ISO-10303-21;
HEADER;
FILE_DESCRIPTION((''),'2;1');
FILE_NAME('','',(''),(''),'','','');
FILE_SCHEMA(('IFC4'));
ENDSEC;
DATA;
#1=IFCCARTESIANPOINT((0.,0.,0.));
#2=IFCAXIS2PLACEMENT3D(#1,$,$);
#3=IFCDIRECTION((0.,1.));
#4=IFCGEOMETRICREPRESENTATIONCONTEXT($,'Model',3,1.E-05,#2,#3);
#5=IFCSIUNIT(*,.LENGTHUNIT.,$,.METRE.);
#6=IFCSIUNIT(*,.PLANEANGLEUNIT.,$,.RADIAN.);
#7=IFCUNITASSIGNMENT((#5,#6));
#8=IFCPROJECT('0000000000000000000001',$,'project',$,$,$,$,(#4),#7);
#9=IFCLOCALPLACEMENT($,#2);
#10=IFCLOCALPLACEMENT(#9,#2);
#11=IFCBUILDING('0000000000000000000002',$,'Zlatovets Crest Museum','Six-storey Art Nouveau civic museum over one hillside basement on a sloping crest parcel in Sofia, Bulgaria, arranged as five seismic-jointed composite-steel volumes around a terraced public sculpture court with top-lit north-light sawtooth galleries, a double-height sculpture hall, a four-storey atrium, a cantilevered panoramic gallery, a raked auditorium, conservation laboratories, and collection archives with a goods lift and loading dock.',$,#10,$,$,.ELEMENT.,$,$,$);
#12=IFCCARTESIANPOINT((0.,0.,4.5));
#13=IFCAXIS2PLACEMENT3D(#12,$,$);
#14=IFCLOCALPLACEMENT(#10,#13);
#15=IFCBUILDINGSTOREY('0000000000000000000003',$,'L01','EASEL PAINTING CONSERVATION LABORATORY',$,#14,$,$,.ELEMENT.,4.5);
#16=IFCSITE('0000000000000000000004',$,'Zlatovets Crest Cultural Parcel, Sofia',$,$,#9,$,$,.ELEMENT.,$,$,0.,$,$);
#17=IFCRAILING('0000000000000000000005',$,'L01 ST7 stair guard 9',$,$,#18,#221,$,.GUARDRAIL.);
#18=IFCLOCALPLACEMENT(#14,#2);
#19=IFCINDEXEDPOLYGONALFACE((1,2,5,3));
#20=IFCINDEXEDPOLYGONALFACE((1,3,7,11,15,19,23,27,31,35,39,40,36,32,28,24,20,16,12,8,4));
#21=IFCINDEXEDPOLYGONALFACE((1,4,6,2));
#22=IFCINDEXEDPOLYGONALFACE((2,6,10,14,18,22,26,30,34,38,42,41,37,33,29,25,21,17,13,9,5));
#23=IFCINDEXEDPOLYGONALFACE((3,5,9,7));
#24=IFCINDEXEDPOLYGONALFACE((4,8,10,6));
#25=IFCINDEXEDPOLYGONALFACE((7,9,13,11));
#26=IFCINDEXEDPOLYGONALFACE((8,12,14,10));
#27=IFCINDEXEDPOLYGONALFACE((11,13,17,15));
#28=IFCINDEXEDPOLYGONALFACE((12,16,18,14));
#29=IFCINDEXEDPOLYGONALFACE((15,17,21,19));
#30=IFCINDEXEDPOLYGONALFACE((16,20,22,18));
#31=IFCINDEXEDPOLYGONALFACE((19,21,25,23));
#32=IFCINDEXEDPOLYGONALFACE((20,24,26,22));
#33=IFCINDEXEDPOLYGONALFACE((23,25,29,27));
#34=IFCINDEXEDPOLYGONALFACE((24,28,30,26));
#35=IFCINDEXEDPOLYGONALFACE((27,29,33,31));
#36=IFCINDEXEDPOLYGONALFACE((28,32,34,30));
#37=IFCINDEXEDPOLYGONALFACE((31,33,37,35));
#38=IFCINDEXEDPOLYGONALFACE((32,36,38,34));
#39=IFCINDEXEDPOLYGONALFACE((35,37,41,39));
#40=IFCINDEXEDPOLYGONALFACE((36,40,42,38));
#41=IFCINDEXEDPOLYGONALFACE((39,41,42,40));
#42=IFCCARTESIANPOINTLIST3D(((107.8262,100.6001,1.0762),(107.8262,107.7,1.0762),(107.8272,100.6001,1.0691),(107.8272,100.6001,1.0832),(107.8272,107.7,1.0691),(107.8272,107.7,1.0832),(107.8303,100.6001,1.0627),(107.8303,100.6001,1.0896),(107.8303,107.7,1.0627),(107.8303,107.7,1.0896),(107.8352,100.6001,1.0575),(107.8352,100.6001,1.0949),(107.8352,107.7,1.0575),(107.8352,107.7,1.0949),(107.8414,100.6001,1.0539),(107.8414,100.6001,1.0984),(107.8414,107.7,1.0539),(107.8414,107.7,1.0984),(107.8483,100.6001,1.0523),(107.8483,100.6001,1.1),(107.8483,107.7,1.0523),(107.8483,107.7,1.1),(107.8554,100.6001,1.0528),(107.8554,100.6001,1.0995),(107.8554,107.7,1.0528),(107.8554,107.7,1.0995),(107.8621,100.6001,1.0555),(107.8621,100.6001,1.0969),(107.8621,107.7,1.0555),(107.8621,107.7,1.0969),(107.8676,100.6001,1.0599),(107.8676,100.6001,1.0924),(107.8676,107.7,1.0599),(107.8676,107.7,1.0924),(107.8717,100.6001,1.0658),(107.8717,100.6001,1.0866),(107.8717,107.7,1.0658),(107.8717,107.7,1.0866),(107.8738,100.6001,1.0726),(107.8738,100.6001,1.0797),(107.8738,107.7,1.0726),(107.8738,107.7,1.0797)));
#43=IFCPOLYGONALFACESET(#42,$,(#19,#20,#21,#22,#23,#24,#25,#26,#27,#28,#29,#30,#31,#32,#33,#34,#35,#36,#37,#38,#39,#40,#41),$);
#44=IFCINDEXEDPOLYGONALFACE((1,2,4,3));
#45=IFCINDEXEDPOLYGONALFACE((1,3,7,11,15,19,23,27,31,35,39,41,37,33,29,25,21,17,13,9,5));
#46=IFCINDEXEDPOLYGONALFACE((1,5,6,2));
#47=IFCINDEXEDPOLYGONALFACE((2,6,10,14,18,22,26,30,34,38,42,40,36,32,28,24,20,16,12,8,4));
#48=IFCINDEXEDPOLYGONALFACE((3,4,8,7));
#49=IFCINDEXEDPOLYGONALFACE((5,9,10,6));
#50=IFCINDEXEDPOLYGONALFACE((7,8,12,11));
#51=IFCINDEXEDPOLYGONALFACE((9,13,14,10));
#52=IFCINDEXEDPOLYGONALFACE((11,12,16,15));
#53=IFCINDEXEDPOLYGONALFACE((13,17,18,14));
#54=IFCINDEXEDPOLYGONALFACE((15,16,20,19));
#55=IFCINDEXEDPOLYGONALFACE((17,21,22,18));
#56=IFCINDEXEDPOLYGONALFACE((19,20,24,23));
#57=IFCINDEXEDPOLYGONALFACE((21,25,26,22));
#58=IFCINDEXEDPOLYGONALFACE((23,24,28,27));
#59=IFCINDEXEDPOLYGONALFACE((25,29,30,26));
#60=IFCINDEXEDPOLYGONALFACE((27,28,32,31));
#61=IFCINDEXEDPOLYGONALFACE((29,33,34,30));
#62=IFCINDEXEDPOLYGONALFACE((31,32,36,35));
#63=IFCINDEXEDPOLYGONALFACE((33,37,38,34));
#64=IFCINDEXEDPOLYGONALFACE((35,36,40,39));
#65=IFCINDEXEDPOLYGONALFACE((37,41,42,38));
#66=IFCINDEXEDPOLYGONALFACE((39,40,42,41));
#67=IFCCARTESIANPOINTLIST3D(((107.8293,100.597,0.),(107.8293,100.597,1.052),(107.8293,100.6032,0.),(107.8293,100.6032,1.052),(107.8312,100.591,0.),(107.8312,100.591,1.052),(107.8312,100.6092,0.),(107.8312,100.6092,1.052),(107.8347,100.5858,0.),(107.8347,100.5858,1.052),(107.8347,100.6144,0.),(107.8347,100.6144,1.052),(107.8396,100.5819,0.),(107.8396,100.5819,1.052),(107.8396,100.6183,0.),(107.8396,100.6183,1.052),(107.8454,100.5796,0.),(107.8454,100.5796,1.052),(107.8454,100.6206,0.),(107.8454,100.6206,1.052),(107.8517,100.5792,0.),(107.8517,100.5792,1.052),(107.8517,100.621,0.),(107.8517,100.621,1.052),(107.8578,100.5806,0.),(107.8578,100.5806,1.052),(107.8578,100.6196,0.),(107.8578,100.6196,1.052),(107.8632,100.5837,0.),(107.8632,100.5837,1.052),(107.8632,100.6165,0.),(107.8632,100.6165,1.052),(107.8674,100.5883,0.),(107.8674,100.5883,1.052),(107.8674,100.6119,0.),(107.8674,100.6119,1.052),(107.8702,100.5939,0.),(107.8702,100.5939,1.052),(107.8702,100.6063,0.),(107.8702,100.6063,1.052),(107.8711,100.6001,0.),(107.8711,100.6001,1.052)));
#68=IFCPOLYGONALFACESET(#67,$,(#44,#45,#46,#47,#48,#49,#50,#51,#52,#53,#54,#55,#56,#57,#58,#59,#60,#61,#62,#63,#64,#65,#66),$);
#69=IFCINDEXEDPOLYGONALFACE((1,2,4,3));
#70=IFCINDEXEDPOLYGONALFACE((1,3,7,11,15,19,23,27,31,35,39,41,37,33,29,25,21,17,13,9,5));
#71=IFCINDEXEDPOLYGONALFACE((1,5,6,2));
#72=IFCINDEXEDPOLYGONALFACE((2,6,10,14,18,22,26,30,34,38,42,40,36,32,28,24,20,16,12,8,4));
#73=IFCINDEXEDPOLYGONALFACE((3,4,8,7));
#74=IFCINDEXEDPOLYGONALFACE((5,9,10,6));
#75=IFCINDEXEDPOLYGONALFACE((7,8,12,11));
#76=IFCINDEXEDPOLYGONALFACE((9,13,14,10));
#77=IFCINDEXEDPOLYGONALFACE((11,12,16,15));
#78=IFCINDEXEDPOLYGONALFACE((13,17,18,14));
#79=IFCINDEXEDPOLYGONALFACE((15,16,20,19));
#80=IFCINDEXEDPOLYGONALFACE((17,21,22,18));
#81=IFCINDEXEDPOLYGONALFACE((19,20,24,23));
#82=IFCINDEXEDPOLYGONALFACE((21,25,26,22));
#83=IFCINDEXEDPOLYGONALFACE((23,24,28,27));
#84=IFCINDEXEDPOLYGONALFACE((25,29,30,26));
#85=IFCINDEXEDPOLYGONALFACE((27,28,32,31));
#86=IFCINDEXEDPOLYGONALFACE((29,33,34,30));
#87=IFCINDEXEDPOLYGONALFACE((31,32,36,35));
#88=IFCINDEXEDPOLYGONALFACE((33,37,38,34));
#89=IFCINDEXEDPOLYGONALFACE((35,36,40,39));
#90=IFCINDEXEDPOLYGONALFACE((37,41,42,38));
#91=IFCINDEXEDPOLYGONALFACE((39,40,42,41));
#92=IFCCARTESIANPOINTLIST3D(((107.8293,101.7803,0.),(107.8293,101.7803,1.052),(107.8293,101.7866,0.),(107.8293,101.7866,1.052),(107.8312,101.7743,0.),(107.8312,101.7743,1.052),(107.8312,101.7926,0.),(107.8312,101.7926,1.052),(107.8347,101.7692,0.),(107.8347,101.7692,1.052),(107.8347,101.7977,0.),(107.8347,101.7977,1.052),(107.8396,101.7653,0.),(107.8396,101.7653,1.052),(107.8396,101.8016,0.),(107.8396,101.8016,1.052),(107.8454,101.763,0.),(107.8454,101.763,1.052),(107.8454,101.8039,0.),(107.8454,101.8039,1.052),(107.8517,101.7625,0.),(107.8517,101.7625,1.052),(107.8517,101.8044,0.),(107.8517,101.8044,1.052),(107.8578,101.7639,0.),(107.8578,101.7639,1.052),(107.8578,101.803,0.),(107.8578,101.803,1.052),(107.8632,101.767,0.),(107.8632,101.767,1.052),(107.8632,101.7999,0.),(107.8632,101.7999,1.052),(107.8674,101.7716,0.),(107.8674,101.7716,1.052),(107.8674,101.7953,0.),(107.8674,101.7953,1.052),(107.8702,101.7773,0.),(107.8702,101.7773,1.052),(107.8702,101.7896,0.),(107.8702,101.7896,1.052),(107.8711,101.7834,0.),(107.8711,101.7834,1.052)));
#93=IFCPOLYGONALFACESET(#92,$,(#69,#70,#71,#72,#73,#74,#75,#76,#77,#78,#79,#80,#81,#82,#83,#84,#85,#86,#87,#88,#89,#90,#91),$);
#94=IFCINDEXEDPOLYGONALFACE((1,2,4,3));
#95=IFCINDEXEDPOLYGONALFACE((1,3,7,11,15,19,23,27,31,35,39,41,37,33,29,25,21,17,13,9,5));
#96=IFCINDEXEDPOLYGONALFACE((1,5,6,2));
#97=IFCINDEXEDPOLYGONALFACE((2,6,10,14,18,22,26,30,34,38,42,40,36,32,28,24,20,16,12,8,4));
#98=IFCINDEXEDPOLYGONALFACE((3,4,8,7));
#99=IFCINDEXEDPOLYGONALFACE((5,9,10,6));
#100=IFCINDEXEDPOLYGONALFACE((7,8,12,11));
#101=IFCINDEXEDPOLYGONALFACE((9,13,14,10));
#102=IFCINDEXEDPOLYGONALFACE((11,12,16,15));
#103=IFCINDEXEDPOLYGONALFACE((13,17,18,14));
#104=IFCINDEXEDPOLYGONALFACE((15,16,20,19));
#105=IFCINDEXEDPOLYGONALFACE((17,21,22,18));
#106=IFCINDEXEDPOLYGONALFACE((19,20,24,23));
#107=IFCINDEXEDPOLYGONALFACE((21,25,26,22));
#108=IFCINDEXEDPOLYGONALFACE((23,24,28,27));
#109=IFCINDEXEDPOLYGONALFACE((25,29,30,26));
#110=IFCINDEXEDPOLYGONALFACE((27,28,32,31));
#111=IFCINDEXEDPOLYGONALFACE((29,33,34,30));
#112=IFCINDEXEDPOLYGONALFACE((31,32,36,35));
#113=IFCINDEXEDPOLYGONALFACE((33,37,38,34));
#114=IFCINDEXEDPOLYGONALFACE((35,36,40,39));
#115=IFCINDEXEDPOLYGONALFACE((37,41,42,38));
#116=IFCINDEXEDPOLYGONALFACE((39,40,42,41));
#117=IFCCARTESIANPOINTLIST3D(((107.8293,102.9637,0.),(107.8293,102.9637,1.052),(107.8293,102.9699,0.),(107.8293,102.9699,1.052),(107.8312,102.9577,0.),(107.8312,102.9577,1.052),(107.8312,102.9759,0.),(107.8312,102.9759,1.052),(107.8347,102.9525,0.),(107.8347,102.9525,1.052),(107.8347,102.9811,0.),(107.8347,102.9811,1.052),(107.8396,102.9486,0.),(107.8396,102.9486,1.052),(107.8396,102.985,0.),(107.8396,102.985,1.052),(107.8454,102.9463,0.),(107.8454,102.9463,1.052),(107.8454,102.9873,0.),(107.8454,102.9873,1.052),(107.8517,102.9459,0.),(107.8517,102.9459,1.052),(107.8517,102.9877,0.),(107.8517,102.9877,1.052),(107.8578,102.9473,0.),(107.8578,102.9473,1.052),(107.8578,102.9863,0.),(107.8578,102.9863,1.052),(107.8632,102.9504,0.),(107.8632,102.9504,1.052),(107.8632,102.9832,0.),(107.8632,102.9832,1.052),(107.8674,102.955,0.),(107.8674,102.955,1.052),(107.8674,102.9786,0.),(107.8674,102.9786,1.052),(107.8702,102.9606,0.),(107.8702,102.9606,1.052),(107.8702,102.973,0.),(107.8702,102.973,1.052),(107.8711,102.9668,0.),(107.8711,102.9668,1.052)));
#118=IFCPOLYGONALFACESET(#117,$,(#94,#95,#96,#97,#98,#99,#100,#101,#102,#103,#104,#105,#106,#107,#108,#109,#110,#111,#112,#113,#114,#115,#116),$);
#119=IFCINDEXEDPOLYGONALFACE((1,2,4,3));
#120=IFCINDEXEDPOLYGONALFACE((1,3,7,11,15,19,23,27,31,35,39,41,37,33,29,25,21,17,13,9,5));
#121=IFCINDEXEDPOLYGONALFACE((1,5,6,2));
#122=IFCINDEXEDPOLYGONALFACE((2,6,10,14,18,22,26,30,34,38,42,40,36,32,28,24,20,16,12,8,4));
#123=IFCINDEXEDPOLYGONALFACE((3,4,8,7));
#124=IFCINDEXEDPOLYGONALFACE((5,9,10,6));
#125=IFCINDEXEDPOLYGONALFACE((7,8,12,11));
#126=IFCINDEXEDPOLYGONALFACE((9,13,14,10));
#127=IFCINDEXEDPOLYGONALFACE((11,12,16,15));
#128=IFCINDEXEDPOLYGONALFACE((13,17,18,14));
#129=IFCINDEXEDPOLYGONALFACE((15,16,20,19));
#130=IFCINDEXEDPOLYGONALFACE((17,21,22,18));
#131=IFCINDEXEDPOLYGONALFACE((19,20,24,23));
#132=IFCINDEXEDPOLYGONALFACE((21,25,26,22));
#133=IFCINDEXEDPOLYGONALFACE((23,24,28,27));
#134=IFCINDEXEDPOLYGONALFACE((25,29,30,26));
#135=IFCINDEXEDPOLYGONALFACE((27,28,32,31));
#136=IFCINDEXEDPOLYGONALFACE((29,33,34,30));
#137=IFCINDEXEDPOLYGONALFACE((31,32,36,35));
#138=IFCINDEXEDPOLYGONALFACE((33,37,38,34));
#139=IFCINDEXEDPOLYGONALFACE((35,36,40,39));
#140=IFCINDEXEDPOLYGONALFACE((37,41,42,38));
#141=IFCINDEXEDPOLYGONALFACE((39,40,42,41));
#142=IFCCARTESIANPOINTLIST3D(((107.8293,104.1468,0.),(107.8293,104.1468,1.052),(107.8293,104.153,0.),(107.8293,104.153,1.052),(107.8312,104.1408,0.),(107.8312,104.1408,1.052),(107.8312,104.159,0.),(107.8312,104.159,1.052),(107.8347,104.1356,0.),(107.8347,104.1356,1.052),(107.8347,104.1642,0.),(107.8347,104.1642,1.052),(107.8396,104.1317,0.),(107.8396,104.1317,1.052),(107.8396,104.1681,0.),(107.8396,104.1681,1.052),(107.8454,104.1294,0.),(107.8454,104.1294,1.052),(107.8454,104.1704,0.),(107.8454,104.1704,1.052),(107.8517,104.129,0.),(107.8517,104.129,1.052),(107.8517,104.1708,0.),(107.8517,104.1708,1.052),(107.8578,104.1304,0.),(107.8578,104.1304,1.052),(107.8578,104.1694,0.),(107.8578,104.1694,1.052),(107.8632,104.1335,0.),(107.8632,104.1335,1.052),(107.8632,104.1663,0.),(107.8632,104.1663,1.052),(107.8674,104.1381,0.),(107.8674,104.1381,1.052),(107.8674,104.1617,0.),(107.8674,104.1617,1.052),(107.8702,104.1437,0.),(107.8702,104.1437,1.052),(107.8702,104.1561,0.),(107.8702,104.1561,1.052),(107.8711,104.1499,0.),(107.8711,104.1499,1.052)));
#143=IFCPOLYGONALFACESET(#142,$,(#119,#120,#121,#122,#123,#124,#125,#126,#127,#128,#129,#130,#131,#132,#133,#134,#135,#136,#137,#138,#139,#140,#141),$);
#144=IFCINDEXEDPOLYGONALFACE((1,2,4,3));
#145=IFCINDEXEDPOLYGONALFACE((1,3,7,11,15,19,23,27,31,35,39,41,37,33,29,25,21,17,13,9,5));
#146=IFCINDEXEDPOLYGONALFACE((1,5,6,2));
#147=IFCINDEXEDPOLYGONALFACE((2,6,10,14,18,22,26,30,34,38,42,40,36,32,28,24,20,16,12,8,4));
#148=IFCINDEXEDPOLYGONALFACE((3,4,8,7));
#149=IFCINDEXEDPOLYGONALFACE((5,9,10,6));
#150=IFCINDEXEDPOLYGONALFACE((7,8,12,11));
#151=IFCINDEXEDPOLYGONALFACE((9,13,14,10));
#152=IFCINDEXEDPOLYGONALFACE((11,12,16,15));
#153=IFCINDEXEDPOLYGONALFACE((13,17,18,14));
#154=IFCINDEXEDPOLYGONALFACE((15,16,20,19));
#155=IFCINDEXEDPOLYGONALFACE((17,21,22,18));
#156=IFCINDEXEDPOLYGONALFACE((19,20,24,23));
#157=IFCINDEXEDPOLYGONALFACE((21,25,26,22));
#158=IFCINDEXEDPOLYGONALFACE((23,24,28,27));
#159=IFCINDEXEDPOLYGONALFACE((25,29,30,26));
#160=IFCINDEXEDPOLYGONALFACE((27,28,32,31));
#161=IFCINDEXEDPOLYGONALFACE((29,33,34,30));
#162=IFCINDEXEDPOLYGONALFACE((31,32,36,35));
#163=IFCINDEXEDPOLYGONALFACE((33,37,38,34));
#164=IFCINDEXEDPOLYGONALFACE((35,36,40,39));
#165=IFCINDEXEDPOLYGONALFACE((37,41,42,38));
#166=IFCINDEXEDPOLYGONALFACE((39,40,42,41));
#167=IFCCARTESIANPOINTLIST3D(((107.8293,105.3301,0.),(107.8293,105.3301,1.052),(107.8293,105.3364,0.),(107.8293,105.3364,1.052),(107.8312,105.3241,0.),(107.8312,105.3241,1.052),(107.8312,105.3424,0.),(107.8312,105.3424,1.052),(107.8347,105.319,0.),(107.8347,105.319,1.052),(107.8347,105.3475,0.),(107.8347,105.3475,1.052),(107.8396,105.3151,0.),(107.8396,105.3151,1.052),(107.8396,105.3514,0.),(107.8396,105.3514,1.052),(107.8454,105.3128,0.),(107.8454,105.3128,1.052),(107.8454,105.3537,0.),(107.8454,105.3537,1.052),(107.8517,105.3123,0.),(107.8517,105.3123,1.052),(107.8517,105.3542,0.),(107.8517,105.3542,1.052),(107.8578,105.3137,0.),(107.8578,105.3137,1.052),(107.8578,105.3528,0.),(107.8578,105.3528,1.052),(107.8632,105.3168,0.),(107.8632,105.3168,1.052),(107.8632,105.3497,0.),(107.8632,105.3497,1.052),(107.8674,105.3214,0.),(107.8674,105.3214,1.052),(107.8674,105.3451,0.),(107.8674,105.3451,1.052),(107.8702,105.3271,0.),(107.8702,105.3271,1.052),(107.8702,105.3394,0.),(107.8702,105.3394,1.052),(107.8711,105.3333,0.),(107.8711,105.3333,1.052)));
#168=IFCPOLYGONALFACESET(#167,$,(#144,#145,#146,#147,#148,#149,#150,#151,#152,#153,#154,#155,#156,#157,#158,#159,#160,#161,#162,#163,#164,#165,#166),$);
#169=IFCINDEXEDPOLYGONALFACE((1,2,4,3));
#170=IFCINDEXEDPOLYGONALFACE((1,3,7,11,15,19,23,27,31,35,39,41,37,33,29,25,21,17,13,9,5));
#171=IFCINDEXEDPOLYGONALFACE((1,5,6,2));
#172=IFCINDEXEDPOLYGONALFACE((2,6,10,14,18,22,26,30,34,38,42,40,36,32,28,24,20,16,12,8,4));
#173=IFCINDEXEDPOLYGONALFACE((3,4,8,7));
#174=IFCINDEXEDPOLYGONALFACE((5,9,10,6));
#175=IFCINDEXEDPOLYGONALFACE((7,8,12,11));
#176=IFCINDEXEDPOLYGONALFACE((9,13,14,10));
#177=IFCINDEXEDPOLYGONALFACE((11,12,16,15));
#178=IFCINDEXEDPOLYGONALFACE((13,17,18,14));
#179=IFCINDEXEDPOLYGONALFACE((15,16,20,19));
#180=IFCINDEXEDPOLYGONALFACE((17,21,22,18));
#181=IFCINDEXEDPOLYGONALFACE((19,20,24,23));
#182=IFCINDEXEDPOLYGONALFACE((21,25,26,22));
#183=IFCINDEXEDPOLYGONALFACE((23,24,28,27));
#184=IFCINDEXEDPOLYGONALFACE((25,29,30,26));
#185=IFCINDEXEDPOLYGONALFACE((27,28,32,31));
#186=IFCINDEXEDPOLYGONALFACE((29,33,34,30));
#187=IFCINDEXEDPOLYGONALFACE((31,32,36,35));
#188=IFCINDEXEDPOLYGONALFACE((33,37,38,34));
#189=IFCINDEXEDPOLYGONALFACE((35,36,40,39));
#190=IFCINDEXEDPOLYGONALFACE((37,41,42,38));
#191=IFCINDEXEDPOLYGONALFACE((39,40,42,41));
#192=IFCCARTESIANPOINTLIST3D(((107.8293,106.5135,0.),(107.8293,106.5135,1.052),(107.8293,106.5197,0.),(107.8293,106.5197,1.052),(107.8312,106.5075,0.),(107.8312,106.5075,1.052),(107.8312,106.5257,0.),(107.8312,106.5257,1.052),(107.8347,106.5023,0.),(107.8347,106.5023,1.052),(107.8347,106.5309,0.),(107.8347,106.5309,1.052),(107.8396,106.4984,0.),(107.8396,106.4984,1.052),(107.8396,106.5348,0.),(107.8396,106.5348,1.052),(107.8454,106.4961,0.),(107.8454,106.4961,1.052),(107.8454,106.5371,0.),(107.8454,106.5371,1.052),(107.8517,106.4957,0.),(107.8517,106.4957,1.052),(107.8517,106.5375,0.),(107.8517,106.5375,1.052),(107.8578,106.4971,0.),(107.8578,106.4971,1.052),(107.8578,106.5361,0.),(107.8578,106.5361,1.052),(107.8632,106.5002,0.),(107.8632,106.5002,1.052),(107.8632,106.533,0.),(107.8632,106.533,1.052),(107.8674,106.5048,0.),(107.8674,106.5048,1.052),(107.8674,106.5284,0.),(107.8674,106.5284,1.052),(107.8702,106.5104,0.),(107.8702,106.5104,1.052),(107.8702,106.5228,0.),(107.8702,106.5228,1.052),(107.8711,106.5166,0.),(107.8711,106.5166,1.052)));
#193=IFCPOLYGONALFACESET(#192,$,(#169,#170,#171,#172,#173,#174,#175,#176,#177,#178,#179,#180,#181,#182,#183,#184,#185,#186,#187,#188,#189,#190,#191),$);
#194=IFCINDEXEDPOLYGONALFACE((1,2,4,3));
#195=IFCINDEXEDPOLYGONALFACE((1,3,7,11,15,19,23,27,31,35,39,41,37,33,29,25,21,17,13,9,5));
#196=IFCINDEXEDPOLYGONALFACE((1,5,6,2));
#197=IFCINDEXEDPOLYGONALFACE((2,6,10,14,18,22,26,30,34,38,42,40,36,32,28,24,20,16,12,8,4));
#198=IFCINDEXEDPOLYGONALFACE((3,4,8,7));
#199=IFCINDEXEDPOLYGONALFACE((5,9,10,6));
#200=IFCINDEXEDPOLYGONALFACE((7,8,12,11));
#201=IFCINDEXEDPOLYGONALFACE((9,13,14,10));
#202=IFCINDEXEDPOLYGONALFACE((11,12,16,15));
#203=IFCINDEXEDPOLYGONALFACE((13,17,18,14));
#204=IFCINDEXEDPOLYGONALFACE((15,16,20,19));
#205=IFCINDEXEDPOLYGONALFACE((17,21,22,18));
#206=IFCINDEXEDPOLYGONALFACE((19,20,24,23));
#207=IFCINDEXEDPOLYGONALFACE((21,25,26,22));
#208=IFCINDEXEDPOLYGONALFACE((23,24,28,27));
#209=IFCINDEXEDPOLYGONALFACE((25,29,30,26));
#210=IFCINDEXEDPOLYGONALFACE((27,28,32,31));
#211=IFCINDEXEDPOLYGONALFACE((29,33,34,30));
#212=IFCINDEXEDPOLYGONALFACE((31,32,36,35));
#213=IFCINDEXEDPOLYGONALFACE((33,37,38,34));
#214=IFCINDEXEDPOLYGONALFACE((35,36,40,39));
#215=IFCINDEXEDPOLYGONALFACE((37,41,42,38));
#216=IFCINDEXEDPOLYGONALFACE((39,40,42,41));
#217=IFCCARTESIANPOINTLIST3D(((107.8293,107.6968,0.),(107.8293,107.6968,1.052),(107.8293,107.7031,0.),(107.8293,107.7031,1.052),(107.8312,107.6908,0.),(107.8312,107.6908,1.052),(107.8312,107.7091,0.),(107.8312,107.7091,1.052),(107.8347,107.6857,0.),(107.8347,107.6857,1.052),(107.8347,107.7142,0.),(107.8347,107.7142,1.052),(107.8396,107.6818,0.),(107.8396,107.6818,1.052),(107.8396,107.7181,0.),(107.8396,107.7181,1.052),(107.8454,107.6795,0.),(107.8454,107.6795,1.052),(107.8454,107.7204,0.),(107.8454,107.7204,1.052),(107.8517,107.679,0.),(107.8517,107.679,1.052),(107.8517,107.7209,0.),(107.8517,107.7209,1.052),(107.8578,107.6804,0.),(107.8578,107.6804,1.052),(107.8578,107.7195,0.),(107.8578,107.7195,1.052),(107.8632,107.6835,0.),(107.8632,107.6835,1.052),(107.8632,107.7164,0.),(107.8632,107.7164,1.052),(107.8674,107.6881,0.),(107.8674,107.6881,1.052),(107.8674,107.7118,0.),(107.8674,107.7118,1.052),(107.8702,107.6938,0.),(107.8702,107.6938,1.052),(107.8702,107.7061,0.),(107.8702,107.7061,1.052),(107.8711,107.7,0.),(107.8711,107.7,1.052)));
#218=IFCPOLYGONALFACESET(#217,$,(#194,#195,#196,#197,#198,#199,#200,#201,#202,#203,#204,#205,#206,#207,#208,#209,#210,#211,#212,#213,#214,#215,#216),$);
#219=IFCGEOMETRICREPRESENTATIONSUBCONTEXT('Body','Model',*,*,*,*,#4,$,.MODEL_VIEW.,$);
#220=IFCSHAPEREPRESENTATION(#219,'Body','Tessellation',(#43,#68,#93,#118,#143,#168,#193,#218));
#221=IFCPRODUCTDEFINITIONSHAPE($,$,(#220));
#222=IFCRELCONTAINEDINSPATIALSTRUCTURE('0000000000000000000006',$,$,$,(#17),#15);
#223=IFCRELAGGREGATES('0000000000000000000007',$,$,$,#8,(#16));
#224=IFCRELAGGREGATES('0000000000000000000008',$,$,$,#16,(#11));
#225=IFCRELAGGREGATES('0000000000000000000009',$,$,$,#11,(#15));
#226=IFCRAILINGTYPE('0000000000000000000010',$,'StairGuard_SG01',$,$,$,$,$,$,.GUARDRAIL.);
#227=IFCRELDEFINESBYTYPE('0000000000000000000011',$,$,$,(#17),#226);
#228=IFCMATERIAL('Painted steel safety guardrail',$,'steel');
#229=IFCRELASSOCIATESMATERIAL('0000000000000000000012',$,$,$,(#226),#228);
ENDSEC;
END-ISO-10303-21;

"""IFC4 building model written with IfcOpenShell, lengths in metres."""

from ifc_helpers import new_model, si_unit, direction, frame, origin, origin_2d, place, context, subcontext, project, spatial, circle, extrude, material, type_object, element, save


model = new_model("IFC4")

# Units and contexts
model_context = context("Model", 3, precision=1e-05, world=origin(), true_north=direction((0.0, 1.0)))
body_context = subcontext(model_context, "Body", "Model", "MODEL_VIEW")
ifc_project = project(units=[si_unit("LENGTHUNIT", "METRE"), si_unit("PLANEANGLEUNIT", "RADIAN")], contexts=[model_context])

# Site, building, storey
site_placement = place(None, origin())
site = spatial("IfcSite", under=ifc_project, at=site_placement, Name="Zlatovets Crest Cultural Parcel, Sofia", CompositionType="ELEMENT", RefElevation=0.0)
building_placement = place(site_placement, origin())
building = spatial("IfcBuilding", under=site, at=building_placement, Name="Zlatovets Crest Museum", Description="Six-storey Art Nouveau civic museum over one hillside basement on a sloping crest parcel in Sofia, Bulgaria, arranged as five seismic-jointed composite-steel volumes around a terraced public sculpture court with top-lit north-light sawtooth galleries, a double-height sculpture hall, a four-storey atrium, a cantilevered panoramic gallery, a raked auditorium, conservation laboratories, and collection archives with a goods lift and loading dock.", CompositionType="ELEMENT")
storey_placement = place(building_placement, frame((0.0, 0.0, 4.5)))
storey = spatial("IfcBuildingStorey", under=building, at=storey_placement, Name="L01", Description="EASEL PAINTING CONSERVATION LABORATORY", CompositionType="ELEMENT", Elevation=4.5)

# Railing
ifc_material_1 = material(Name="Painted steel safety guardrail", Category="steel")
railing_type_1 = type_object("IfcRailingType", Name="StairGuard_SG01", PredefinedType="GUARDRAIL", material=ifc_material_1)
railing_1_placement = place(storey_placement, frame((107.8501, 100.6001, 0.0)))
element("IfcRailing", 1, at=railing_1_placement, inside=storey, type_object=railing_type_1, Name="L01 ST7 stair guard 9", PredefinedType="GUARDRAIL", context=body_context, shape_type="SweptSolid", body=[
    extrude(circle(Radius=0.0239, at=origin_2d()), frame((0.0, 0.0, 1.0762), z_axis=(0.0, 1.0, 0.0), x_axis=(-1.0, 0.0, 0.0)), (0.0, 0.0, 1.0), 7.0999),
    extrude(circle(Radius=0.021, at=origin_2d()), origin(), (0.0, 0.0, 1.0), 1.052),
    extrude(circle(Radius=0.021, at=origin_2d()), frame((0.0, 1.1833, 0.0)), (0.0, 0.0, 1.0), 1.052),
    extrude(circle(Radius=0.021, at=origin_2d()), frame((0.0, 2.3667, 0.0)), (0.0, 0.0, 1.0), 1.052),
    extrude(circle(Radius=0.021, at=origin_2d()), frame((0.0, 3.5498, 0.0)), (0.0, 0.0, 1.0), 1.052),
    extrude(circle(Radius=0.021, at=origin_2d()), frame((0.0, 4.7332, 0.0)), (0.0, 0.0, 1.0), 1.052),
    extrude(circle(Radius=0.021, at=origin_2d()), frame((0.0, 5.9165, 0.0)), (0.0, 0.0, 1.0), 1.052),
    extrude(circle(Radius=0.021, at=origin_2d()), frame((0.0, 7.0999, 0.0)), (0.0, 0.0, 1.0), 1.052),
])

save(model, "model.ifc")
